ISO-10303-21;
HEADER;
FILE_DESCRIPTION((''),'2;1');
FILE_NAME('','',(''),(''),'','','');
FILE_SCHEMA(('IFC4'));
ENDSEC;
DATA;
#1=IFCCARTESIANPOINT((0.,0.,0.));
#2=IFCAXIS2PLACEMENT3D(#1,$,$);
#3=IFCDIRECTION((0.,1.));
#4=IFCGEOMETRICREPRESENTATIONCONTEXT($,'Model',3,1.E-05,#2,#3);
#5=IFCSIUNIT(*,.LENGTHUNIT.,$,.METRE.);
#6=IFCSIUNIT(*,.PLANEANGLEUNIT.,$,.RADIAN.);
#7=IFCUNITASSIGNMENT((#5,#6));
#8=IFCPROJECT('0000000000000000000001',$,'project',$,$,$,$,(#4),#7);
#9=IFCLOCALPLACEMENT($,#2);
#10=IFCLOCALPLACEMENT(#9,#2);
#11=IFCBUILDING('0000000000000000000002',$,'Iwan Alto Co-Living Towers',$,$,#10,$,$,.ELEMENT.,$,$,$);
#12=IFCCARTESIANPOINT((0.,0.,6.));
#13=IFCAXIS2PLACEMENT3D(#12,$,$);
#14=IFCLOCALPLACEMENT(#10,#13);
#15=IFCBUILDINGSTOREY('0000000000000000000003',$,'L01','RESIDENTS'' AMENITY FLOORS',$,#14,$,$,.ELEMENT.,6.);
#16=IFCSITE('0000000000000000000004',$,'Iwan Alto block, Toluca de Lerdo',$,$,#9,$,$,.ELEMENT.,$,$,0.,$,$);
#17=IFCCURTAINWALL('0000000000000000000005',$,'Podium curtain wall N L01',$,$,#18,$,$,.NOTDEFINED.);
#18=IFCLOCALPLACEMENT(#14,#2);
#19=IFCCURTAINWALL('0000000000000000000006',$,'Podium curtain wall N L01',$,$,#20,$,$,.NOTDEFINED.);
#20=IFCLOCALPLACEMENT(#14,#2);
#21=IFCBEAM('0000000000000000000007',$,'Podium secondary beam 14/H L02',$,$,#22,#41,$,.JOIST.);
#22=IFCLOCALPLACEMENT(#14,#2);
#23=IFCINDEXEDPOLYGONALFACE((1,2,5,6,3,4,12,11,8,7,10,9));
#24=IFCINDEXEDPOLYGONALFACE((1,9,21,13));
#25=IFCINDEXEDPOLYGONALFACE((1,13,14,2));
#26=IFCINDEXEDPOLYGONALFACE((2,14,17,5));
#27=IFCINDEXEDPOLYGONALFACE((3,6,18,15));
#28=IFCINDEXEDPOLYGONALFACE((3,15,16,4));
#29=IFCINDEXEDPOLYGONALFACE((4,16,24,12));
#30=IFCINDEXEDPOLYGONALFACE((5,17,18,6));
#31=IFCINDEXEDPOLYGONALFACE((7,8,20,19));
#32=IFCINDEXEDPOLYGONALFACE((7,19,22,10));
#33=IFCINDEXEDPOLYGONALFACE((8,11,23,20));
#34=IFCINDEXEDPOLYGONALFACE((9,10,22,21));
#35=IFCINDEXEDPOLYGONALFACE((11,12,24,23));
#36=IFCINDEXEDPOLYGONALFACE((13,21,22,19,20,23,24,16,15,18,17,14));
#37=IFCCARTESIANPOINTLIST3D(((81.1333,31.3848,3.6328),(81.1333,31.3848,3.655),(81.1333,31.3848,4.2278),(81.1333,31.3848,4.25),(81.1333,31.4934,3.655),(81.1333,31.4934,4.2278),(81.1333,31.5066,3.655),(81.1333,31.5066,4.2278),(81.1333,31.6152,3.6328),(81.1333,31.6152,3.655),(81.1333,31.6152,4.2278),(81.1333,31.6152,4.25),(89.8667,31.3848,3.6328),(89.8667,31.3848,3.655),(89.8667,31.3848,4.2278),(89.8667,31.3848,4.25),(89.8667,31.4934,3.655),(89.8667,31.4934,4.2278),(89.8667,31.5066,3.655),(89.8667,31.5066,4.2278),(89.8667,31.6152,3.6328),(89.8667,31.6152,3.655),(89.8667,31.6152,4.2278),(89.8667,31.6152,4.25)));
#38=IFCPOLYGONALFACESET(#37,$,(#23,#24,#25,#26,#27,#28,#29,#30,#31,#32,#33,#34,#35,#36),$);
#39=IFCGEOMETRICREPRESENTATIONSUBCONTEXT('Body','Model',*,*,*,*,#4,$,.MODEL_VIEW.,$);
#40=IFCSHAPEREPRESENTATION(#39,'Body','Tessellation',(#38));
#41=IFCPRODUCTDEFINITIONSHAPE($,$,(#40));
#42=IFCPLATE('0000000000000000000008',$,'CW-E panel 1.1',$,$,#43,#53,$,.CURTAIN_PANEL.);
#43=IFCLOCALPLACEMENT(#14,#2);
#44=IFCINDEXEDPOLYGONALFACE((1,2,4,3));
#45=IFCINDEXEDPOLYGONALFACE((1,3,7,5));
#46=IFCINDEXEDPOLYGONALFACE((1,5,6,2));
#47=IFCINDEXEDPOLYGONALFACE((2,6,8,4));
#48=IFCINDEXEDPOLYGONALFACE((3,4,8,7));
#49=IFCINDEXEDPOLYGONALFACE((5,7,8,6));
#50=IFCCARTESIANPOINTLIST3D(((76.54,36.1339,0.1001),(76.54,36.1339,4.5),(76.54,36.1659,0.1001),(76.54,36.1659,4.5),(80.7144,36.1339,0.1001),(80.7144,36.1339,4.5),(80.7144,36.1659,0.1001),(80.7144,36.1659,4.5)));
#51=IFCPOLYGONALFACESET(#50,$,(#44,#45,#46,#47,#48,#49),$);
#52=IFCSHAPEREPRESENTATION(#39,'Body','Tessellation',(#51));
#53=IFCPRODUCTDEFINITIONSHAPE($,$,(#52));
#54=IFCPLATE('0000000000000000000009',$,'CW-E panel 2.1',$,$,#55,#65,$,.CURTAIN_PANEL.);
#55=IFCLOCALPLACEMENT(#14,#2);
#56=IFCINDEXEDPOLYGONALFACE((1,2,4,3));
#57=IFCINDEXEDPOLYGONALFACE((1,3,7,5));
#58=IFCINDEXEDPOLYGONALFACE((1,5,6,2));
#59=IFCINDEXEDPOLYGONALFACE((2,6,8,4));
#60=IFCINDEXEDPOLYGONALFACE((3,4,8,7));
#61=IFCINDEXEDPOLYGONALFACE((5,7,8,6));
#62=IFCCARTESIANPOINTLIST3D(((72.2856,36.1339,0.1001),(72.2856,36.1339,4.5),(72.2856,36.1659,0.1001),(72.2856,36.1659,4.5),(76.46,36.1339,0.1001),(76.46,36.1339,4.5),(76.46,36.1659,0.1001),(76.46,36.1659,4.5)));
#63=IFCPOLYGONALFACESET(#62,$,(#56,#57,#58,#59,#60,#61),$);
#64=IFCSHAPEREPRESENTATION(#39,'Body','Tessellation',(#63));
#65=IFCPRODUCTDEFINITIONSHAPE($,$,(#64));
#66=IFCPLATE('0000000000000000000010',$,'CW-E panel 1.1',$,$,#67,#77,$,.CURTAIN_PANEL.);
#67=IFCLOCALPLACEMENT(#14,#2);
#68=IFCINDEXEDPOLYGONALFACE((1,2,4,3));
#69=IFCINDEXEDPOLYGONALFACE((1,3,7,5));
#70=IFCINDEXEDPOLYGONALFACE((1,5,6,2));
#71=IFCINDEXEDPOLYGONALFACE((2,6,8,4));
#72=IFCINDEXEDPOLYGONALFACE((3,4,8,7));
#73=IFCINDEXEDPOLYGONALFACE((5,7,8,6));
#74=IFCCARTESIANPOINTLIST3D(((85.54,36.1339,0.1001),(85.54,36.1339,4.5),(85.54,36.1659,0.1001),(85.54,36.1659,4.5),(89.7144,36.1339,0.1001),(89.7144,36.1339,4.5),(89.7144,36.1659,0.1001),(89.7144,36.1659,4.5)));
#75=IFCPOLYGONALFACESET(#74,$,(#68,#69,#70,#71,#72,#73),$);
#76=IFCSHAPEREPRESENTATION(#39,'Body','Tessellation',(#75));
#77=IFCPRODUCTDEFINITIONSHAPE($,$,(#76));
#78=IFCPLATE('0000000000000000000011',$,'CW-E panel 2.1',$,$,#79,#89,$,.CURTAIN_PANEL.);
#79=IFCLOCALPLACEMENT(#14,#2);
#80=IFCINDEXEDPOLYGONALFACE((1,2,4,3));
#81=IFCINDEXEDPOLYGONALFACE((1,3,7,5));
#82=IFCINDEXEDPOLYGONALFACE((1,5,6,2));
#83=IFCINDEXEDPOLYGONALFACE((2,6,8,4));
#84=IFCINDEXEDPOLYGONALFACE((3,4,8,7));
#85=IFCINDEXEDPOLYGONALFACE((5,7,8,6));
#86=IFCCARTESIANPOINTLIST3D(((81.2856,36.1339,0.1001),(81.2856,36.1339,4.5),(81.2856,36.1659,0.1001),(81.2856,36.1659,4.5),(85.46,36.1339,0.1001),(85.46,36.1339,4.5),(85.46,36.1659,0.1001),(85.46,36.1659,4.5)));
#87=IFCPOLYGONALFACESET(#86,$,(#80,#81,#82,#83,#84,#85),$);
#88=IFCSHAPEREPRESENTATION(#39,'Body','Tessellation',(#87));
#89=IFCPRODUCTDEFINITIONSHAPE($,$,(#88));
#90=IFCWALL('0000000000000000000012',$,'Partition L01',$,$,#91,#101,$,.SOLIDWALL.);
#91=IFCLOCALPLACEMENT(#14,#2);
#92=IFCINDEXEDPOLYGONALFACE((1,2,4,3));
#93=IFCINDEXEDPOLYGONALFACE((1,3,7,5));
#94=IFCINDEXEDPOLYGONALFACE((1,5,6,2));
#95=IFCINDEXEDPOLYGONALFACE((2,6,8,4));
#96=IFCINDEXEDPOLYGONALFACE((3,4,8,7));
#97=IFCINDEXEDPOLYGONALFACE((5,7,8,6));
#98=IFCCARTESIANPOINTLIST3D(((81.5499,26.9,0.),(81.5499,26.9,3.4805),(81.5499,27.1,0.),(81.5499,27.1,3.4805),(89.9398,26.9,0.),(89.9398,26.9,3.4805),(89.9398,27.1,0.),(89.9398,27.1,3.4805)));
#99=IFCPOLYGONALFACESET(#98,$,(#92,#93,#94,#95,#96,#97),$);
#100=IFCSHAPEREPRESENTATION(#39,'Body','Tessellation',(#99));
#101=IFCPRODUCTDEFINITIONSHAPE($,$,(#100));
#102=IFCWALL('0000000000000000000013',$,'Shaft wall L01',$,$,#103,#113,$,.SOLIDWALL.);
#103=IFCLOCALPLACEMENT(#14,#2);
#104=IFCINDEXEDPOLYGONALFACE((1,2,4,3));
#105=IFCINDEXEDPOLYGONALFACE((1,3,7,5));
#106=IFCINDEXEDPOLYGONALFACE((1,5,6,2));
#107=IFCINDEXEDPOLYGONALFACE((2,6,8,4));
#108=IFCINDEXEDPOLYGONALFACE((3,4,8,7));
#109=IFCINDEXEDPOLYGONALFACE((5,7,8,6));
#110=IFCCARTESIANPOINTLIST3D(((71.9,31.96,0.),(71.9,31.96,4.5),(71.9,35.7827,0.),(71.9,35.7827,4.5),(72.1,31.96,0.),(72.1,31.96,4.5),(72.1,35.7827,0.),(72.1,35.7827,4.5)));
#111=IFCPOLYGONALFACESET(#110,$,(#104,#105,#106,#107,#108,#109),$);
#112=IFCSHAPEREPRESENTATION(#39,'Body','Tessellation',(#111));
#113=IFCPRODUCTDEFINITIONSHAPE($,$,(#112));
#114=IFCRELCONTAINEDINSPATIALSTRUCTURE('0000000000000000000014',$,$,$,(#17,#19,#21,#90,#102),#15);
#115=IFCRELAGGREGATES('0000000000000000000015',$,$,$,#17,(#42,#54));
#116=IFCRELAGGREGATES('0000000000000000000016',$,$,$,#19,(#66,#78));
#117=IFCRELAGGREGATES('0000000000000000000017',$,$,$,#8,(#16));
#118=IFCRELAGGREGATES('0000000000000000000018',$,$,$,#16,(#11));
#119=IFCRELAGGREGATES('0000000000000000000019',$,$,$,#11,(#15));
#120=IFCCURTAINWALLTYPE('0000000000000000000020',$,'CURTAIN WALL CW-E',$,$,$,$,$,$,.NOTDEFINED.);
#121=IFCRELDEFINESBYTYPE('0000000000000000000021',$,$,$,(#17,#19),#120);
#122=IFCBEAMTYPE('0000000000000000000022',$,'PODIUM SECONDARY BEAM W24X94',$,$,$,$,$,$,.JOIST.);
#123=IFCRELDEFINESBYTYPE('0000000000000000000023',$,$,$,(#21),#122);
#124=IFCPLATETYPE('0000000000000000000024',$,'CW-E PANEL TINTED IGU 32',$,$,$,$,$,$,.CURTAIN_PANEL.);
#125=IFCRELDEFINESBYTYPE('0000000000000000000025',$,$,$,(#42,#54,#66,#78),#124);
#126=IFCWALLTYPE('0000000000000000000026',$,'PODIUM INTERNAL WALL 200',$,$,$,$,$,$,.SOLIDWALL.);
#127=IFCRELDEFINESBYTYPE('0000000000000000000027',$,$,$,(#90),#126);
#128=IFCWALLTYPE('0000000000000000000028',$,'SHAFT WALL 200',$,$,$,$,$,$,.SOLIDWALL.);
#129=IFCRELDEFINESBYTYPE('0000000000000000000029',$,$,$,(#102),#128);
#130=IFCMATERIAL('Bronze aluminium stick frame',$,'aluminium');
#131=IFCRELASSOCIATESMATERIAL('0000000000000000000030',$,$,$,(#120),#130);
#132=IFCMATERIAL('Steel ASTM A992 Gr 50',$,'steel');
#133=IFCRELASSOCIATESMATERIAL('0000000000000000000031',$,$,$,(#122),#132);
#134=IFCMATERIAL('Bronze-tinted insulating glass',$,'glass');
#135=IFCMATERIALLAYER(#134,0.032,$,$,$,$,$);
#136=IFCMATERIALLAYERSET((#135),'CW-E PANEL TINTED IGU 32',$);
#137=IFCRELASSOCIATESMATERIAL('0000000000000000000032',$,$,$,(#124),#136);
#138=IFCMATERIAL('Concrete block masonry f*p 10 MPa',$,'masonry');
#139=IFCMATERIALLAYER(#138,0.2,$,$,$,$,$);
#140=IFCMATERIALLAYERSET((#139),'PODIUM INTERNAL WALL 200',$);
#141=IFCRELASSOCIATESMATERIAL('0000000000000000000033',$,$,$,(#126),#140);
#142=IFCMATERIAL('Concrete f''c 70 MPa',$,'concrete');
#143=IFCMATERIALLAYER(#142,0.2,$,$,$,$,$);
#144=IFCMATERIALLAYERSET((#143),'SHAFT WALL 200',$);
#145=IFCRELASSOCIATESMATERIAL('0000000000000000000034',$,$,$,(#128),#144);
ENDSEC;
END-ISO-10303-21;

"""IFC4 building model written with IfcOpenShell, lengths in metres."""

from ifc_helpers import new_model, si_unit, direction, frame, frame_2d, origin, origin_2d, place, context, subcontext, project, spatial, rectangle, i_section, extrude, material, layer, layer_set, material_profile, profile_set, type_object, element, aggregate, save


model = new_model("IFC4")

# Units and contexts
model_context = context("Model", 3, precision=1e-05, world=origin(), true_north=direction((0.0, 1.0)))
body_context = subcontext(model_context, "Body", "Model", "MODEL_VIEW")
ifc_project = project(units=[si_unit("LENGTHUNIT", "METRE"), si_unit("PLANEANGLEUNIT", "RADIAN")], contexts=[model_context])

# Site, building, storey
site_placement = place(None, origin())
site = spatial("IfcSite", under=ifc_project, at=site_placement, Name="Iwan Alto block, Toluca de Lerdo", CompositionType="ELEMENT", RefElevation=0.0)
building_placement = place(site_placement, origin())
building = spatial("IfcBuilding", under=site, at=building_placement, Name="Iwan Alto Co-Living Towers", CompositionType="ELEMENT")
storey_placement = place(building_placement, frame((0.0, 0.0, 6.0)))
storey = spatial("IfcBuildingStorey", under=building, at=storey_placement, Name="L01", Description="RESIDENTS' AMENITY FLOORS", CompositionType="ELEMENT", Elevation=6.0)

# Curtain walls
ifc_material_1 = material(Name="Bronze aluminium stick frame", Category="aluminium")
curtain_wall_type = type_object("IfcCurtainWallType", Name="CURTAIN WALL CW-E", PredefinedType="NOTDEFINED", material=ifc_material_1)
curtain_wall_1_placement = place(storey_placement, origin())
curtain_wall_1 = element("IfcCurtainWall", 1, at=curtain_wall_1_placement, inside=storey, type_object=curtain_wall_type, Name="Podium curtain wall N L01", PredefinedType="NOTDEFINED")
curtain_wall_2_placement = place(storey_placement, origin())
curtain_wall_2 = element("IfcCurtainWall", 2, at=curtain_wall_2_placement, inside=storey, type_object=curtain_wall_type, Name="Podium curtain wall N L01", PredefinedType="NOTDEFINED")

# Beam
ifc_material_2 = material(Name="Steel ASTM A992 Gr 50", Category="steel")
ifc_material_profile_1 = material_profile(ifc_material_2, i_section(OverallWidth=0.2305, OverallDepth=0.6172, WebThickness=0.0132, FlangeThickness=0.0222, at=origin_2d()), Name="W24X94")
ifc_profile_set_1 = profile_set([ifc_material_profile_1], Name="Steel ASTM A992 Gr 50")
beam_type_1 = type_object("IfcBeamType", Name="PODIUM SECONDARY BEAM W24X94", PredefinedType="JOIST", material=ifc_profile_set_1)
beam_1_placement = place(storey_placement, frame((81.1333, 31.5, 3.9414), z_axis=(1.0, 0.0, 0.0), x_axis=(0.0, 1.0, 0.0)))
element("IfcBeam", 3, at=beam_1_placement, inside=storey, type_object=beam_type_1, Name="Podium secondary beam 14/H L02", PredefinedType="JOIST", context=body_context, shape_type="SweptSolid", body=[
    extrude(i_section(OverallWidth=0.2305, OverallDepth=0.6172, WebThickness=0.0132, FlangeThickness=0.0222, at=origin_2d()), origin(), (0.0, 0.0, 1.0), 8.7334),
])

# Plates
ifc_material_3 = material(Name="Bronze-tinted insulating glass", Category="glass")
ifc_layer_1 = layer(ifc_material_3, 0.032)
ifc_layer_set_1 = layer_set([ifc_layer_1], Name="CW-E PANEL TINTED IGU 32")
plate_type = type_object("IfcPlateType", Name="CW-E PANEL TINTED IGU 32", PredefinedType="CURTAIN_PANEL", material=ifc_layer_set_1)
plate_1_placement = place(storey_placement, frame((78.6272, 36.1499, 0.1001), z_axis=(0.0, 0.0, 1.0), x_axis=(-1.0, 0.0, 0.0)))
plate_1 = element("IfcPlate", 4, at=plate_1_placement, type_object=plate_type, Name="CW-E panel 1.1", PredefinedType="CURTAIN_PANEL", context=body_context, shape_type="SweptSolid", body=[
    extrude(rectangle(XDim=4.1743, YDim=0.032, at=origin_2d()), origin(), (0.0, 0.0, 1.0), 4.3999),
])
plate_2_placement = place(storey_placement, frame((74.3728, 36.1499, 0.1001), z_axis=(0.0, 0.0, 1.0), x_axis=(-1.0, 0.0, 0.0)))
plate_2 = element("IfcPlate", 5, at=plate_2_placement, type_object=plate_type, Name="CW-E panel 2.1", PredefinedType="CURTAIN_PANEL", context=body_context, shape_type="SweptSolid", body=[
    extrude(rectangle(XDim=4.1743, YDim=0.032, at=origin_2d()), origin(), (0.0, 0.0, 1.0), 4.3999),
])
aggregate(curtain_wall_1, [plate_1, plate_2])
plate_3_placement = place(storey_placement, frame((87.6272, 36.1499, 0.1001), z_axis=(0.0, 0.0, 1.0), x_axis=(-1.0, 0.0, 0.0)))
plate_3 = element("IfcPlate", 6, at=plate_3_placement, type_object=plate_type, Name="CW-E panel 1.1", PredefinedType="CURTAIN_PANEL", context=body_context, shape_type="SweptSolid", body=[
    extrude(rectangle(XDim=4.1743, YDim=0.032, at=origin_2d()), origin(), (0.0, 0.0, 1.0), 4.3999),
])
plate_4_placement = place(storey_placement, frame((83.3728, 36.1499, 0.1001), z_axis=(0.0, 0.0, 1.0), x_axis=(-1.0, 0.0, 0.0)))
plate_4 = element("IfcPlate", 7, at=plate_4_placement, type_object=plate_type, Name="CW-E panel 2.1", PredefinedType="CURTAIN_PANEL", context=body_context, shape_type="SweptSolid", body=[
    extrude(rectangle(XDim=4.1743, YDim=0.032, at=origin_2d()), origin(), (0.0, 0.0, 1.0), 4.3999),
])
aggregate(curtain_wall_2, [plate_3, plate_4])

# Walls
ifc_material_4 = material(Name="Concrete block masonry f*p 10 MPa", Category="masonry")
ifc_layer_2 = layer(ifc_material_4, 0.2)
ifc_layer_set_2 = layer_set([ifc_layer_2], Name="PODIUM INTERNAL WALL 200")
wall_type_1 = type_object("IfcWallType", Name="PODIUM INTERNAL WALL 200", PredefinedType="SOLIDWALL", material=ifc_layer_set_2)
wall_1_placement = place(storey_placement, frame((81.55, 27.0, 0.0), z_axis=(0.0, 0.0, 1.0), x_axis=(1.0, 0.0, 0.0)))
element("IfcWall", 8, at=wall_1_placement, inside=storey, type_object=wall_type_1, Name="Partition L01", PredefinedType="SOLIDWALL", context=body_context, shape_type="SweptSolid", body=[
    extrude(rectangle(XDim=8.3899, YDim=0.2, at=frame_2d((4.1948, 0.0))), origin(), (0.0, 0.0, 1.0), 3.4805),
])
ifc_material_5 = material(Name="Concrete f'c 70 MPa", Category="concrete")
ifc_layer_3 = layer(ifc_material_5, 0.2)
ifc_layer_set_3 = layer_set([ifc_layer_3], Name="SHAFT WALL 200")
wall_type_2 = type_object("IfcWallType", Name="SHAFT WALL 200", PredefinedType="SOLIDWALL", material=ifc_layer_set_3)
wall_2_placement = place(storey_placement, frame((72.0, 31.96, 0.0), z_axis=(0.0, 0.0, 1.0), x_axis=(0.0, 1.0, 0.0)))
element("IfcWall", 9, at=wall_2_placement, inside=storey, type_object=wall_type_2, Name="Shaft wall L01", PredefinedType="SOLIDWALL", context=body_context, shape_type="SweptSolid", body=[
    extrude(rectangle(XDim=3.8228, YDim=0.2, at=frame_2d((1.9114, 0.0))), origin(), (0.0, 0.0, 1.0), 4.5),
])

save(model, "model.ifc")
